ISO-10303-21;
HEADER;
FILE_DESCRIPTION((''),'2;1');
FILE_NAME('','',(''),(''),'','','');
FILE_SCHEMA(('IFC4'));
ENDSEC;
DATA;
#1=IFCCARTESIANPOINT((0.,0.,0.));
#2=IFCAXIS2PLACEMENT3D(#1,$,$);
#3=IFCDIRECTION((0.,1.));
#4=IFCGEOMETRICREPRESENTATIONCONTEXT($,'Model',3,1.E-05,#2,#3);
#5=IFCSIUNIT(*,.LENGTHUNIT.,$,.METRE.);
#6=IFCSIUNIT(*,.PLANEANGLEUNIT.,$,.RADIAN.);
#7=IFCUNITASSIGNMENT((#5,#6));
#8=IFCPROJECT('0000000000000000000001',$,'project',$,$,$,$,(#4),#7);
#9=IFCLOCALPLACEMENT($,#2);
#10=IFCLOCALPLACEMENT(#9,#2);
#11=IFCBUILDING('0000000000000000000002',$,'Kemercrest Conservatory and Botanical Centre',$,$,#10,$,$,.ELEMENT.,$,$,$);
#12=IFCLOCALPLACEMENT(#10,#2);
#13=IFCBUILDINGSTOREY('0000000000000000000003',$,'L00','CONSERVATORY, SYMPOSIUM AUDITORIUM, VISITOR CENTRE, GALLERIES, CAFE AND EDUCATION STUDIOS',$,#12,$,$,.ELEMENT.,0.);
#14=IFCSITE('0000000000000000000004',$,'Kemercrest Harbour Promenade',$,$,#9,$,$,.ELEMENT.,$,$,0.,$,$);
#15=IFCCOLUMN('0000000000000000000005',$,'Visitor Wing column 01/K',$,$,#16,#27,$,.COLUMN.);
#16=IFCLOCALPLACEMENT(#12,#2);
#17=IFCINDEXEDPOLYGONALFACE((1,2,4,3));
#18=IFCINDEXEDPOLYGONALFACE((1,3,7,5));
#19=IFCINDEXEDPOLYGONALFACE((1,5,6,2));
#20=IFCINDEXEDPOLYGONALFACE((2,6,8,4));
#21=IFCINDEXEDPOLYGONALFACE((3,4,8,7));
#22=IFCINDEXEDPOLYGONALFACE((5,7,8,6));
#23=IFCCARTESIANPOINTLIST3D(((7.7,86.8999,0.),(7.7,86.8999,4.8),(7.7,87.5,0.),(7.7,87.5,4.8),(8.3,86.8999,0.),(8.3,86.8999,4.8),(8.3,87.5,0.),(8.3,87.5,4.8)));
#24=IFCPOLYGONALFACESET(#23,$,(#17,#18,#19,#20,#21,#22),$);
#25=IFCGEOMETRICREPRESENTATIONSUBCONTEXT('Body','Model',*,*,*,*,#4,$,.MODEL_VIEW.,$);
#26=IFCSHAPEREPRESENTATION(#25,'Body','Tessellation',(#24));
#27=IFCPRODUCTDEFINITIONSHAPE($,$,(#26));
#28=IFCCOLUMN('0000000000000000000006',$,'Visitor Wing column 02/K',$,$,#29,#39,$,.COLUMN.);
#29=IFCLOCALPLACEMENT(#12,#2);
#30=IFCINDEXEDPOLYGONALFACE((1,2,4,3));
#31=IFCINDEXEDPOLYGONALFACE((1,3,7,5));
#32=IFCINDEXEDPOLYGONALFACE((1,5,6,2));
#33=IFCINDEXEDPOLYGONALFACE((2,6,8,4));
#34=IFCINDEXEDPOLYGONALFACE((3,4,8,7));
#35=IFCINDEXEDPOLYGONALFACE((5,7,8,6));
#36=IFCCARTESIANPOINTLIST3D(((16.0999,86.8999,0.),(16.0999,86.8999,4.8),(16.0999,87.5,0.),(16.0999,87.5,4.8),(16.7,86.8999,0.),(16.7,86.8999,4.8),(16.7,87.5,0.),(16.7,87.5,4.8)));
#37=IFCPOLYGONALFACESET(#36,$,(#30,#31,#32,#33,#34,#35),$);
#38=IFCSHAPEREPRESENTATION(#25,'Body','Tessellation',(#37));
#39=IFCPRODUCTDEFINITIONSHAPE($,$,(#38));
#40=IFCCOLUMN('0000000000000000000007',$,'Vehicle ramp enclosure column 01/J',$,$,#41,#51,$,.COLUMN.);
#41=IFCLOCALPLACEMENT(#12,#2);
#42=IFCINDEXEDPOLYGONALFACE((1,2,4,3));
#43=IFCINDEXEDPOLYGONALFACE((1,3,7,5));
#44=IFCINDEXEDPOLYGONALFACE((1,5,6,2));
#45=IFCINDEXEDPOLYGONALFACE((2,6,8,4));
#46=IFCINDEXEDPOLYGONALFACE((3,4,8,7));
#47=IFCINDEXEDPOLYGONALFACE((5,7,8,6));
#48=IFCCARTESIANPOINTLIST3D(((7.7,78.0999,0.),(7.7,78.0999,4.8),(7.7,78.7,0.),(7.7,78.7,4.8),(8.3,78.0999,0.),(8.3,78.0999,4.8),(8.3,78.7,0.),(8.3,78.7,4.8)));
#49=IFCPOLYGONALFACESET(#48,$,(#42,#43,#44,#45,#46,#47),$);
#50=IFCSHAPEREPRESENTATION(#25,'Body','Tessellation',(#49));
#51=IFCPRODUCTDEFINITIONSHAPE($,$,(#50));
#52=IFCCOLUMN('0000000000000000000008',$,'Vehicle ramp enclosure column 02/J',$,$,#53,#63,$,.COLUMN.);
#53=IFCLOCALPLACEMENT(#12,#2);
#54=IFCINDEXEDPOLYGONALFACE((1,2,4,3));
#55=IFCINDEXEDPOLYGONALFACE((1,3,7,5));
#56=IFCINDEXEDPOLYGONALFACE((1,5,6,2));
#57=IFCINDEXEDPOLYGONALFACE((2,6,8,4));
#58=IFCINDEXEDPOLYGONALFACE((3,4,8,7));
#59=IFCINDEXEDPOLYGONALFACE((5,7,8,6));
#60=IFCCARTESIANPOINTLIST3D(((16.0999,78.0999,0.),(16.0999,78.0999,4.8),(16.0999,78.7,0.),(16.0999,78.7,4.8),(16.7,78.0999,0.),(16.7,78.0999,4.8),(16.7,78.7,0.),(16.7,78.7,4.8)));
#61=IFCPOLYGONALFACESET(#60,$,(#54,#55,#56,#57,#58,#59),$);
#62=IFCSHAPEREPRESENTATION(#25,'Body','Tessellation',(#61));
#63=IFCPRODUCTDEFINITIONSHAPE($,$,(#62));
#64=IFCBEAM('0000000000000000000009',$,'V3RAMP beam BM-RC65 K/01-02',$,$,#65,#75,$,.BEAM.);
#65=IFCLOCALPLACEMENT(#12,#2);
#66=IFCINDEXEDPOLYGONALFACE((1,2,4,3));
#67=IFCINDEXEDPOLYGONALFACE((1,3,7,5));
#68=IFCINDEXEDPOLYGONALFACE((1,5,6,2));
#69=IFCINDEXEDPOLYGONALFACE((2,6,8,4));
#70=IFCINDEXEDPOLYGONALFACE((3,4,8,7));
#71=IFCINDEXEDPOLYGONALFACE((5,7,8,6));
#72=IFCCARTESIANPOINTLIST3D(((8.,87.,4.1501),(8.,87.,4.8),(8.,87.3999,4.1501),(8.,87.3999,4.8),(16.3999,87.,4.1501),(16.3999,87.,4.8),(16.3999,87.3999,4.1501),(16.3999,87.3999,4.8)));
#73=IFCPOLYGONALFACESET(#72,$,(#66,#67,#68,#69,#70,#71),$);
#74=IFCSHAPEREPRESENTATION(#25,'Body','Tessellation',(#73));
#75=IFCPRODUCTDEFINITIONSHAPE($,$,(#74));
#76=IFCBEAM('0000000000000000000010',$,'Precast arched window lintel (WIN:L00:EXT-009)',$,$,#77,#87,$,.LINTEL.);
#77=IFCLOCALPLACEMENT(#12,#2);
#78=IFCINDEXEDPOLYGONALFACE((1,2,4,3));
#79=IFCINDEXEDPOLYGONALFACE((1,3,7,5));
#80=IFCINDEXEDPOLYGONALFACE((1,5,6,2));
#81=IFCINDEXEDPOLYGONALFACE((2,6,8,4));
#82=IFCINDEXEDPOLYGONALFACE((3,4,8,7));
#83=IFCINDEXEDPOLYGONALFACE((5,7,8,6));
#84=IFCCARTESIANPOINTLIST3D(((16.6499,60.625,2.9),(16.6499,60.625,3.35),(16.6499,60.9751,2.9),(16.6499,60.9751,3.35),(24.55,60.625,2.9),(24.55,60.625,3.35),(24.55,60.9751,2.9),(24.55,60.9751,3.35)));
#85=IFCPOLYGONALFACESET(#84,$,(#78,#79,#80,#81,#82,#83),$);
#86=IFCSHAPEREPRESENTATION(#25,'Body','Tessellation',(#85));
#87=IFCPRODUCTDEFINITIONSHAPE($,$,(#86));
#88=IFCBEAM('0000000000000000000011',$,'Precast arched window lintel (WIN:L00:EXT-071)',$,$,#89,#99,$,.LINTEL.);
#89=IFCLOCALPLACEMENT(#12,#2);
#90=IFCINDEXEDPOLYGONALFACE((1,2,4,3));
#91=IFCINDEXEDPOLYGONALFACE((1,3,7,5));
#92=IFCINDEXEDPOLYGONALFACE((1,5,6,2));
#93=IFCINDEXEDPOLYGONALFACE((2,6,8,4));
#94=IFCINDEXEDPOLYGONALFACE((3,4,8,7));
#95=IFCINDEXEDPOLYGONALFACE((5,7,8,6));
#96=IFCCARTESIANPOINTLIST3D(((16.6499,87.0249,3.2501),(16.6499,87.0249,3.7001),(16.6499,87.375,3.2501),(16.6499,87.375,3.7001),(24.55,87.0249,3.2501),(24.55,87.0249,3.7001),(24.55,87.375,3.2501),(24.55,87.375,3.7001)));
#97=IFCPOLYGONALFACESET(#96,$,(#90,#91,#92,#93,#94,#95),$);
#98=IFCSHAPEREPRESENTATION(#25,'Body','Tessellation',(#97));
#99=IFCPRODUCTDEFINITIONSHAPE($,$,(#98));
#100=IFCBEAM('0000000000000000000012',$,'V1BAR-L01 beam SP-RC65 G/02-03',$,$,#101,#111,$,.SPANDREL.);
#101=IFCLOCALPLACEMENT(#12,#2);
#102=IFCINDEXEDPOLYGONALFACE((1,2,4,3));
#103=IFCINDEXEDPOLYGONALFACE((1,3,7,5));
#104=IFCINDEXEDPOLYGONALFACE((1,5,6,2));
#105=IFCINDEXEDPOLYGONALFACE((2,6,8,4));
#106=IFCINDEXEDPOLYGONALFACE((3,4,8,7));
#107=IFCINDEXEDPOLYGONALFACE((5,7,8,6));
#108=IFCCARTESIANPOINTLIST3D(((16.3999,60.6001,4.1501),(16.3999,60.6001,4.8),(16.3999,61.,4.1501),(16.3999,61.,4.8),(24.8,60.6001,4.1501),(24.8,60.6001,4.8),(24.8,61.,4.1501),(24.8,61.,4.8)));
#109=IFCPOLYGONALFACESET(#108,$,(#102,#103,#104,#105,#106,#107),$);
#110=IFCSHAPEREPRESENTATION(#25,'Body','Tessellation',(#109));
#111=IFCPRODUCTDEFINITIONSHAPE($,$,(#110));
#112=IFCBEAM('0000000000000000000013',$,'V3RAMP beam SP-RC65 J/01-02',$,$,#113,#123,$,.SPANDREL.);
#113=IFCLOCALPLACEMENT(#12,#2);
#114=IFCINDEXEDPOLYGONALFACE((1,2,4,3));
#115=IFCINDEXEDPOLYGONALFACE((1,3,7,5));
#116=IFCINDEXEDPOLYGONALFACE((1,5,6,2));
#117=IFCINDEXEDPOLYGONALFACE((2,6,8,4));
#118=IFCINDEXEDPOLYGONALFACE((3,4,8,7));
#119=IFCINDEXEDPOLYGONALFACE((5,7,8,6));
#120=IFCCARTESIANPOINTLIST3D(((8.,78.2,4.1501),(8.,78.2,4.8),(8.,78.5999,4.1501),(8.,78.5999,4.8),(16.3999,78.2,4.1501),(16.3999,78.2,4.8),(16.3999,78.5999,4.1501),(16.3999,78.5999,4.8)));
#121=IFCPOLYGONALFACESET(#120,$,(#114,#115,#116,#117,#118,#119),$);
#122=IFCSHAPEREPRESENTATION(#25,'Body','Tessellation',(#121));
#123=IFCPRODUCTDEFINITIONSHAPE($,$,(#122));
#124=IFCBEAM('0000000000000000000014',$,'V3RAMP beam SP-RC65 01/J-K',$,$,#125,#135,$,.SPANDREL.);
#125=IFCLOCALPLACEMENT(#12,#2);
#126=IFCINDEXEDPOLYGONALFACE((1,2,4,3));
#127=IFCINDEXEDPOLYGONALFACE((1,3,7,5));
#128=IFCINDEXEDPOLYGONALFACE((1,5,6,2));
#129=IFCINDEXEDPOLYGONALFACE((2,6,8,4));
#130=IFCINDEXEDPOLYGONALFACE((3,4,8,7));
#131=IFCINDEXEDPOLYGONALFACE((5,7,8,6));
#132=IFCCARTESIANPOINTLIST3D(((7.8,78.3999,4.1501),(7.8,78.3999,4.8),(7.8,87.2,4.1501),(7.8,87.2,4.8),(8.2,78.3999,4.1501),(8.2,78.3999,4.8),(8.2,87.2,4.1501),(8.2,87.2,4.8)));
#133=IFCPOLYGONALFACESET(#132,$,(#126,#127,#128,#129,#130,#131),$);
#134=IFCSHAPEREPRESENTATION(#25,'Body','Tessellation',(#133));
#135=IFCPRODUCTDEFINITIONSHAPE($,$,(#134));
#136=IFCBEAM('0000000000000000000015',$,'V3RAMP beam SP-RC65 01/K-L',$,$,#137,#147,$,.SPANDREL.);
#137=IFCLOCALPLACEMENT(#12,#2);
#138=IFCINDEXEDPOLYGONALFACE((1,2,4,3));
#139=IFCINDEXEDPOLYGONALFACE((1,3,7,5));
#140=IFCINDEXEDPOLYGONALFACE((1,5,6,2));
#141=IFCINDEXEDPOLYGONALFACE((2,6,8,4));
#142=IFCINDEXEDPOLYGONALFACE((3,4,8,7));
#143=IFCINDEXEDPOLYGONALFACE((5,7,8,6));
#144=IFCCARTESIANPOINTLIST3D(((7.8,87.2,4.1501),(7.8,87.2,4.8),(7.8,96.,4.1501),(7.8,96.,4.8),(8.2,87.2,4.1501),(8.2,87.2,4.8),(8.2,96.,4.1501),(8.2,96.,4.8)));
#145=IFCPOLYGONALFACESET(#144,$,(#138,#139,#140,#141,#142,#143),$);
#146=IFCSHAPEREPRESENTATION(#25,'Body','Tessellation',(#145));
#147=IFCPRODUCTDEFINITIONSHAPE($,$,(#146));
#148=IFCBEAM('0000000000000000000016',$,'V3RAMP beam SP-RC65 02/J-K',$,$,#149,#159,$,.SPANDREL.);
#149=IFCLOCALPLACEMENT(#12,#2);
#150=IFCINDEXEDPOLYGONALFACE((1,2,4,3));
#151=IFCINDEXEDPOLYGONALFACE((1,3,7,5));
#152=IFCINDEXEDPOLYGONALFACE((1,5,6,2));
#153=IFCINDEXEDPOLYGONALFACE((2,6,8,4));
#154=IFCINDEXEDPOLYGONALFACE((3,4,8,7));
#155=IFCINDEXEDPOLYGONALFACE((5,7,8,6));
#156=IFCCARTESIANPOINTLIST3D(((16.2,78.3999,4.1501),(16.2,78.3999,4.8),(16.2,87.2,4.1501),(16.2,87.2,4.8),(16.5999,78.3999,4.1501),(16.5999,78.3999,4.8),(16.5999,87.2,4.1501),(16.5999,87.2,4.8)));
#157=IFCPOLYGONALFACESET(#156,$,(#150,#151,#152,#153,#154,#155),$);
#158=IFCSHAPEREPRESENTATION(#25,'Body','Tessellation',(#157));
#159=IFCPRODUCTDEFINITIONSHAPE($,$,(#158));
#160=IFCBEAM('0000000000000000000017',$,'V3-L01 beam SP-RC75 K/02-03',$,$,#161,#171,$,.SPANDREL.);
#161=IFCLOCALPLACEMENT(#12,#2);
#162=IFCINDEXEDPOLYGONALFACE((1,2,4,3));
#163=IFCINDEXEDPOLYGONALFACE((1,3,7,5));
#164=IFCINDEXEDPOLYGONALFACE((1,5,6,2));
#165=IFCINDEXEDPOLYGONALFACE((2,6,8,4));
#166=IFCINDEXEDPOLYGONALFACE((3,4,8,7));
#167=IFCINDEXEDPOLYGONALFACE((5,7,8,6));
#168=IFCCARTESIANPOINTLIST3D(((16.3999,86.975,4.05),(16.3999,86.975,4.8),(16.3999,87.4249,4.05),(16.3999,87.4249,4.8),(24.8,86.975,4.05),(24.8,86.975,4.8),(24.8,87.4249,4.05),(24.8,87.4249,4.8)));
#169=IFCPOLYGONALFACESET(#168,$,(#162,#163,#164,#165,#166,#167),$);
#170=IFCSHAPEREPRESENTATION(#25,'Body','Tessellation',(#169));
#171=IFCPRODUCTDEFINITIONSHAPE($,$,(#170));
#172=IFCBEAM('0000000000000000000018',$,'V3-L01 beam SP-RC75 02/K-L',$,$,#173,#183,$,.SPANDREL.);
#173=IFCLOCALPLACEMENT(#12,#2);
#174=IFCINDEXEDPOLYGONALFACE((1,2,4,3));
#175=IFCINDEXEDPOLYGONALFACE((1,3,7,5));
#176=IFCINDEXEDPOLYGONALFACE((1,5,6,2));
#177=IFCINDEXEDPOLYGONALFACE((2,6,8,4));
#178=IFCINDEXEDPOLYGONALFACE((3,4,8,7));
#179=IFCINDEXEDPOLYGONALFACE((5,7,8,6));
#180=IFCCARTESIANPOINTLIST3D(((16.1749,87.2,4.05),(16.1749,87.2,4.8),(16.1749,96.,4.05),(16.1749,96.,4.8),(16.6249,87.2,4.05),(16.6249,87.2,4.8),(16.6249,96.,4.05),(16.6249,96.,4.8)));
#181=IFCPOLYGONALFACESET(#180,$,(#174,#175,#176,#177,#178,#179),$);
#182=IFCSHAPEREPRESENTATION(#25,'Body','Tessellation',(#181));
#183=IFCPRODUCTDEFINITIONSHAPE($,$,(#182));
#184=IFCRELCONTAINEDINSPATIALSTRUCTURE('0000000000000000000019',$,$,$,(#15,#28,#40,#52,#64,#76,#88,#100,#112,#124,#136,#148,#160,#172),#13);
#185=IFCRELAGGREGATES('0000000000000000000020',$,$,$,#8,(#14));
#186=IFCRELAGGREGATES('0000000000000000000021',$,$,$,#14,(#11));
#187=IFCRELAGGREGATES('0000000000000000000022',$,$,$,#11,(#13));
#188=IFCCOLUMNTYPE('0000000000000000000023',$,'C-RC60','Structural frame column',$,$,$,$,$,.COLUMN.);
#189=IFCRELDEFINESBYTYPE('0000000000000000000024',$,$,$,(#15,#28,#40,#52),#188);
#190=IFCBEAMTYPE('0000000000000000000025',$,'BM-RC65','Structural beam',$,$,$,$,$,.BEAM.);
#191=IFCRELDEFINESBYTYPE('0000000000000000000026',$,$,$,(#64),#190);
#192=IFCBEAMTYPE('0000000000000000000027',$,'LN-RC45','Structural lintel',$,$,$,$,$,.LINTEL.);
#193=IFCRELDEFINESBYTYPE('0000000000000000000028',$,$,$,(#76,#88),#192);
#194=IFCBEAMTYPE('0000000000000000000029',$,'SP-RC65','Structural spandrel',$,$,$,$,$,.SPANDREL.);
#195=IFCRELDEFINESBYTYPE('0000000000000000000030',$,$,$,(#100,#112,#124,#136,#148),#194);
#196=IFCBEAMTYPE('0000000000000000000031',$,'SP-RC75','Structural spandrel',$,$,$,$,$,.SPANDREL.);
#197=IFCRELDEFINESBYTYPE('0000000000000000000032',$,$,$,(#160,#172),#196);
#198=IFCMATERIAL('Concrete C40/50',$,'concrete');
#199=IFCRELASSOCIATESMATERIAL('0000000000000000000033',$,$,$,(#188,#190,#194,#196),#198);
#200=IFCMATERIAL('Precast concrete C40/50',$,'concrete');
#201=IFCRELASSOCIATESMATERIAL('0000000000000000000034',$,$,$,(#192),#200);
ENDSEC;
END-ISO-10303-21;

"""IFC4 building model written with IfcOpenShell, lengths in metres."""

from ifc_helpers import new_model, si_unit, direction, frame, origin, origin_2d, place, context, subcontext, project, spatial, rectangle, extrude, material, material_profile, profile_set, type_object, element, save


model = new_model("IFC4")

# Units and contexts
model_context = context("Model", 3, precision=1e-05, world=origin(), true_north=direction((0.0, 1.0)))
body_context = subcontext(model_context, "Body", "Model", "MODEL_VIEW")
ifc_project = project(units=[si_unit("LENGTHUNIT", "METRE"), si_unit("PLANEANGLEUNIT", "RADIAN")], contexts=[model_context])

# Site, building, storey
site_placement = place(None, origin())
site = spatial("IfcSite", under=ifc_project, at=site_placement, Name="Kemercrest Harbour Promenade", CompositionType="ELEMENT", RefElevation=0.0)
building_placement = place(site_placement, origin())
building = spatial("IfcBuilding", under=site, at=building_placement, Name="Kemercrest Conservatory and Botanical Centre", CompositionType="ELEMENT")
storey_placement = place(building_placement, origin())
storey = spatial("IfcBuildingStorey", under=building, at=storey_placement, Name="L00", Description="CONSERVATORY, SYMPOSIUM AUDITORIUM, VISITOR CENTRE, GALLERIES, CAFE AND EDUCATION STUDIOS", CompositionType="ELEMENT", Elevation=0.0)

# Columns
ifc_material_1 = material(Name="Concrete C40/50", Category="concrete")
ifc_material_profile_1 = material_profile(ifc_material_1, rectangle(XDim=0.6001, YDim=0.6001, at=origin_2d()), Name="RC 600x600")
ifc_profile_set_1 = profile_set([ifc_material_profile_1], Name="Concrete C40/50")
column_type = type_object("IfcColumnType", Name="C-RC60", Description="Structural frame column", PredefinedType="COLUMN", material=ifc_profile_set_1)
for number, where, z_axis, x_axis, name in (
    (1, (8.0, 87.2, 0.0), (0.0, 0.0, 1.0), (1.0, 0.0, 0.0), "Visitor Wing column 01/K"),
    (2, (16.3999, 87.2, 0.0), (0.0, 0.0, 1.0), (1.0, 0.0, 0.0), "Visitor Wing column 02/K"),
    (3, (8.0, 78.3999, 0.0), (0.0, 0.0, 1.0), (1.0, 0.0, 0.0), "Vehicle ramp enclosure column 01/J"),
    (4, (16.3999, 78.3999, 0.0), (0.0, 0.0, 1.0), (1.0, 0.0, 0.0), "Vehicle ramp enclosure column 02/J"),
):
    element("IfcColumn", number, at=place(storey_placement, frame(where, z_axis=z_axis, x_axis=x_axis)), inside=storey, type_object=column_type, Name=name, PredefinedType="COLUMN", context=body_context, shape_type="SweptSolid", body=[
        extrude(rectangle(XDim=0.6001, YDim=0.6001, at=origin_2d()), origin(), (0.0, 0.0, 1.0), 4.8),
    ])

# Beams
ifc_material_profile_2 = material_profile(ifc_material_1, rectangle(XDim=0.3999, YDim=0.6499, at=origin_2d()), Name="RC 400x650")
ifc_profile_set_2 = profile_set([ifc_material_profile_2], Name="Concrete C40/50")
beam_type_1 = type_object("IfcBeamType", Name="BM-RC65", Description="Structural beam", PredefinedType="BEAM", material=ifc_profile_set_2)
beam_1_placement = place(storey_placement, frame((8.0, 87.2, 4.4751), z_axis=(1.0, 0.0, 0.0), x_axis=(0.0, 1.0, 0.0)))
element("IfcBeam", 5, at=beam_1_placement, inside=storey, type_object=beam_type_1, Name="V3RAMP beam BM-RC65 K/01-02", PredefinedType="BEAM", context=body_context, shape_type="SweptSolid", body=[
    extrude(rectangle(XDim=0.3999, YDim=0.6499, at=origin_2d()), origin(), (0.0, 0.0, 1.0), 8.3999),
])
ifc_material_2 = material(Name="Precast concrete C40/50", Category="concrete")
ifc_material_profile_3 = material_profile(ifc_material_2, rectangle(XDim=0.3501, YDim=0.45, at=origin_2d()), Name="RC 350x450")
ifc_profile_set_3 = profile_set([ifc_material_profile_3], Name="Precast concrete C40/50")
beam_type_2 = type_object("IfcBeamType", Name="LN-RC45", Description="Structural lintel", PredefinedType="LINTEL", material=ifc_profile_set_3)
for number, where, z_axis, x_axis, name in (
    (6, (24.55, 60.8, 3.125), (-1.0, 0.0, 0.0), (0.0, -1.0, 0.0), "Precast arched window lintel (WIN:L00:EXT-009)"),
    (7, (16.6499, 87.2, 3.4751), (1.0, 0.0, 0.0), (0.0, 1.0, 0.0), "Precast arched window lintel (WIN:L00:EXT-071)"),
):
    element("IfcBeam", number, at=place(storey_placement, frame(where, z_axis=z_axis, x_axis=x_axis)), inside=storey, type_object=beam_type_2, Name=name, PredefinedType="LINTEL", context=body_context, shape_type="SweptSolid", body=[
        extrude(rectangle(XDim=0.3501, YDim=0.45, at=origin_2d()), origin(), (0.0, 0.0, 1.0), 7.9001),
    ])
ifc_material_profile_4 = material_profile(ifc_material_1, rectangle(XDim=0.3999, YDim=0.6499, at=origin_2d()), Name="RC 400x650")
ifc_profile_set_4 = profile_set([ifc_material_profile_4], Name="Concrete C40/50")
beam_type_3 = type_object("IfcBeamType", Name="SP-RC65", Description="Structural spandrel", PredefinedType="SPANDREL", material=ifc_profile_set_4)
beam_2_placement = place(storey_placement, frame((16.3999, 60.8, 4.4751), z_axis=(1.0, 0.0, 0.0), x_axis=(0.0, 1.0, 0.0)))
element("IfcBeam", 8, at=beam_2_placement, inside=storey, type_object=beam_type_3, Name="V1BAR-L01 beam SP-RC65 G/02-03", PredefinedType="SPANDREL", context=body_context, shape_type="SweptSolid", body=[
    extrude(rectangle(XDim=0.3999, YDim=0.6499, at=origin_2d()), origin(), (0.0, 0.0, 1.0), 8.4001),
])
beam_3_placement = place(storey_placement, frame((8.0, 78.3999, 4.4751), z_axis=(1.0, 0.0, 0.0), x_axis=(0.0, 1.0, 0.0)))
element("IfcBeam", 9, at=beam_3_placement, inside=storey, type_object=beam_type_3, Name="V3RAMP beam SP-RC65 J/01-02", PredefinedType="SPANDREL", context=body_context, shape_type="SweptSolid", body=[
    extrude(rectangle(XDim=0.3999, YDim=0.6499, at=origin_2d()), origin(), (0.0, 0.0, 1.0), 8.3999),
])
for number, where, z_axis, x_axis, name in (
    (10, (8.0, 78.3999, 4.4751), (0.0, 1.0, 0.0), (-1.0, 0.0, 0.0), "V3RAMP beam SP-RC65 01/J-K"),
    (11, (8.0, 87.2, 4.4751), (0.0, 1.0, 0.0), (-1.0, 0.0, 0.0), "V3RAMP beam SP-RC65 01/K-L"),
    (12, (16.3999, 78.3999, 4.4751), (0.0, 1.0, 0.0), (-1.0, 0.0, 0.0), "V3RAMP beam SP-RC65 02/J-K"),
):
    element("IfcBeam", number, at=place(storey_placement, frame(where, z_axis=z_axis, x_axis=x_axis)), inside=storey, type_object=beam_type_3, Name=name, PredefinedType="SPANDREL", context=body_context, shape_type="SweptSolid", body=[
        extrude(rectangle(XDim=0.3999, YDim=0.6499, at=origin_2d()), origin(), (0.0, 0.0, 1.0), 8.8),
    ])
ifc_material_profile_5 = material_profile(ifc_material_1, rectangle(XDim=0.45, YDim=0.75, at=origin_2d()), Name="RC 450x750")
ifc_profile_set_5 = profile_set([ifc_material_profile_5], Name="Concrete C40/50")
beam_type_4 = type_object("IfcBeamType", Name="SP-RC75", Description="Structural spandrel", PredefinedType="SPANDREL", material=ifc_profile_set_5)
beam_4_placement = place(storey_placement, frame((16.3999, 87.2, 4.425), z_axis=(1.0, 0.0, 0.0), x_axis=(0.0, 1.0, 0.0)))
element("IfcBeam", 13, at=beam_4_placement, inside=storey, type_object=beam_type_4, Name="V3-L01 beam SP-RC75 K/02-03", PredefinedType="SPANDREL", context=body_context, shape_type="SweptSolid", body=[
    extrude(rectangle(XDim=0.45, YDim=0.75, at=origin_2d()), origin(), (0.0, 0.0, 1.0), 8.4001),
])
beam_5_placement = place(storey_placement, frame((16.3999, 87.2, 4.425), z_axis=(0.0, 1.0, 0.0), x_axis=(-1.0, 0.0, 0.0)))
element("IfcBeam", 14, at=beam_5_placement, inside=storey, type_object=beam_type_4, Name="V3-L01 beam SP-RC75 02/K-L", PredefinedType="SPANDREL", context=body_context, shape_type="SweptSolid", body=[
    extrude(rectangle(XDim=0.45, YDim=0.75, at=origin_2d()), origin(), (0.0, 0.0, 1.0), 8.8),
])

save(model, "model.ifc")
